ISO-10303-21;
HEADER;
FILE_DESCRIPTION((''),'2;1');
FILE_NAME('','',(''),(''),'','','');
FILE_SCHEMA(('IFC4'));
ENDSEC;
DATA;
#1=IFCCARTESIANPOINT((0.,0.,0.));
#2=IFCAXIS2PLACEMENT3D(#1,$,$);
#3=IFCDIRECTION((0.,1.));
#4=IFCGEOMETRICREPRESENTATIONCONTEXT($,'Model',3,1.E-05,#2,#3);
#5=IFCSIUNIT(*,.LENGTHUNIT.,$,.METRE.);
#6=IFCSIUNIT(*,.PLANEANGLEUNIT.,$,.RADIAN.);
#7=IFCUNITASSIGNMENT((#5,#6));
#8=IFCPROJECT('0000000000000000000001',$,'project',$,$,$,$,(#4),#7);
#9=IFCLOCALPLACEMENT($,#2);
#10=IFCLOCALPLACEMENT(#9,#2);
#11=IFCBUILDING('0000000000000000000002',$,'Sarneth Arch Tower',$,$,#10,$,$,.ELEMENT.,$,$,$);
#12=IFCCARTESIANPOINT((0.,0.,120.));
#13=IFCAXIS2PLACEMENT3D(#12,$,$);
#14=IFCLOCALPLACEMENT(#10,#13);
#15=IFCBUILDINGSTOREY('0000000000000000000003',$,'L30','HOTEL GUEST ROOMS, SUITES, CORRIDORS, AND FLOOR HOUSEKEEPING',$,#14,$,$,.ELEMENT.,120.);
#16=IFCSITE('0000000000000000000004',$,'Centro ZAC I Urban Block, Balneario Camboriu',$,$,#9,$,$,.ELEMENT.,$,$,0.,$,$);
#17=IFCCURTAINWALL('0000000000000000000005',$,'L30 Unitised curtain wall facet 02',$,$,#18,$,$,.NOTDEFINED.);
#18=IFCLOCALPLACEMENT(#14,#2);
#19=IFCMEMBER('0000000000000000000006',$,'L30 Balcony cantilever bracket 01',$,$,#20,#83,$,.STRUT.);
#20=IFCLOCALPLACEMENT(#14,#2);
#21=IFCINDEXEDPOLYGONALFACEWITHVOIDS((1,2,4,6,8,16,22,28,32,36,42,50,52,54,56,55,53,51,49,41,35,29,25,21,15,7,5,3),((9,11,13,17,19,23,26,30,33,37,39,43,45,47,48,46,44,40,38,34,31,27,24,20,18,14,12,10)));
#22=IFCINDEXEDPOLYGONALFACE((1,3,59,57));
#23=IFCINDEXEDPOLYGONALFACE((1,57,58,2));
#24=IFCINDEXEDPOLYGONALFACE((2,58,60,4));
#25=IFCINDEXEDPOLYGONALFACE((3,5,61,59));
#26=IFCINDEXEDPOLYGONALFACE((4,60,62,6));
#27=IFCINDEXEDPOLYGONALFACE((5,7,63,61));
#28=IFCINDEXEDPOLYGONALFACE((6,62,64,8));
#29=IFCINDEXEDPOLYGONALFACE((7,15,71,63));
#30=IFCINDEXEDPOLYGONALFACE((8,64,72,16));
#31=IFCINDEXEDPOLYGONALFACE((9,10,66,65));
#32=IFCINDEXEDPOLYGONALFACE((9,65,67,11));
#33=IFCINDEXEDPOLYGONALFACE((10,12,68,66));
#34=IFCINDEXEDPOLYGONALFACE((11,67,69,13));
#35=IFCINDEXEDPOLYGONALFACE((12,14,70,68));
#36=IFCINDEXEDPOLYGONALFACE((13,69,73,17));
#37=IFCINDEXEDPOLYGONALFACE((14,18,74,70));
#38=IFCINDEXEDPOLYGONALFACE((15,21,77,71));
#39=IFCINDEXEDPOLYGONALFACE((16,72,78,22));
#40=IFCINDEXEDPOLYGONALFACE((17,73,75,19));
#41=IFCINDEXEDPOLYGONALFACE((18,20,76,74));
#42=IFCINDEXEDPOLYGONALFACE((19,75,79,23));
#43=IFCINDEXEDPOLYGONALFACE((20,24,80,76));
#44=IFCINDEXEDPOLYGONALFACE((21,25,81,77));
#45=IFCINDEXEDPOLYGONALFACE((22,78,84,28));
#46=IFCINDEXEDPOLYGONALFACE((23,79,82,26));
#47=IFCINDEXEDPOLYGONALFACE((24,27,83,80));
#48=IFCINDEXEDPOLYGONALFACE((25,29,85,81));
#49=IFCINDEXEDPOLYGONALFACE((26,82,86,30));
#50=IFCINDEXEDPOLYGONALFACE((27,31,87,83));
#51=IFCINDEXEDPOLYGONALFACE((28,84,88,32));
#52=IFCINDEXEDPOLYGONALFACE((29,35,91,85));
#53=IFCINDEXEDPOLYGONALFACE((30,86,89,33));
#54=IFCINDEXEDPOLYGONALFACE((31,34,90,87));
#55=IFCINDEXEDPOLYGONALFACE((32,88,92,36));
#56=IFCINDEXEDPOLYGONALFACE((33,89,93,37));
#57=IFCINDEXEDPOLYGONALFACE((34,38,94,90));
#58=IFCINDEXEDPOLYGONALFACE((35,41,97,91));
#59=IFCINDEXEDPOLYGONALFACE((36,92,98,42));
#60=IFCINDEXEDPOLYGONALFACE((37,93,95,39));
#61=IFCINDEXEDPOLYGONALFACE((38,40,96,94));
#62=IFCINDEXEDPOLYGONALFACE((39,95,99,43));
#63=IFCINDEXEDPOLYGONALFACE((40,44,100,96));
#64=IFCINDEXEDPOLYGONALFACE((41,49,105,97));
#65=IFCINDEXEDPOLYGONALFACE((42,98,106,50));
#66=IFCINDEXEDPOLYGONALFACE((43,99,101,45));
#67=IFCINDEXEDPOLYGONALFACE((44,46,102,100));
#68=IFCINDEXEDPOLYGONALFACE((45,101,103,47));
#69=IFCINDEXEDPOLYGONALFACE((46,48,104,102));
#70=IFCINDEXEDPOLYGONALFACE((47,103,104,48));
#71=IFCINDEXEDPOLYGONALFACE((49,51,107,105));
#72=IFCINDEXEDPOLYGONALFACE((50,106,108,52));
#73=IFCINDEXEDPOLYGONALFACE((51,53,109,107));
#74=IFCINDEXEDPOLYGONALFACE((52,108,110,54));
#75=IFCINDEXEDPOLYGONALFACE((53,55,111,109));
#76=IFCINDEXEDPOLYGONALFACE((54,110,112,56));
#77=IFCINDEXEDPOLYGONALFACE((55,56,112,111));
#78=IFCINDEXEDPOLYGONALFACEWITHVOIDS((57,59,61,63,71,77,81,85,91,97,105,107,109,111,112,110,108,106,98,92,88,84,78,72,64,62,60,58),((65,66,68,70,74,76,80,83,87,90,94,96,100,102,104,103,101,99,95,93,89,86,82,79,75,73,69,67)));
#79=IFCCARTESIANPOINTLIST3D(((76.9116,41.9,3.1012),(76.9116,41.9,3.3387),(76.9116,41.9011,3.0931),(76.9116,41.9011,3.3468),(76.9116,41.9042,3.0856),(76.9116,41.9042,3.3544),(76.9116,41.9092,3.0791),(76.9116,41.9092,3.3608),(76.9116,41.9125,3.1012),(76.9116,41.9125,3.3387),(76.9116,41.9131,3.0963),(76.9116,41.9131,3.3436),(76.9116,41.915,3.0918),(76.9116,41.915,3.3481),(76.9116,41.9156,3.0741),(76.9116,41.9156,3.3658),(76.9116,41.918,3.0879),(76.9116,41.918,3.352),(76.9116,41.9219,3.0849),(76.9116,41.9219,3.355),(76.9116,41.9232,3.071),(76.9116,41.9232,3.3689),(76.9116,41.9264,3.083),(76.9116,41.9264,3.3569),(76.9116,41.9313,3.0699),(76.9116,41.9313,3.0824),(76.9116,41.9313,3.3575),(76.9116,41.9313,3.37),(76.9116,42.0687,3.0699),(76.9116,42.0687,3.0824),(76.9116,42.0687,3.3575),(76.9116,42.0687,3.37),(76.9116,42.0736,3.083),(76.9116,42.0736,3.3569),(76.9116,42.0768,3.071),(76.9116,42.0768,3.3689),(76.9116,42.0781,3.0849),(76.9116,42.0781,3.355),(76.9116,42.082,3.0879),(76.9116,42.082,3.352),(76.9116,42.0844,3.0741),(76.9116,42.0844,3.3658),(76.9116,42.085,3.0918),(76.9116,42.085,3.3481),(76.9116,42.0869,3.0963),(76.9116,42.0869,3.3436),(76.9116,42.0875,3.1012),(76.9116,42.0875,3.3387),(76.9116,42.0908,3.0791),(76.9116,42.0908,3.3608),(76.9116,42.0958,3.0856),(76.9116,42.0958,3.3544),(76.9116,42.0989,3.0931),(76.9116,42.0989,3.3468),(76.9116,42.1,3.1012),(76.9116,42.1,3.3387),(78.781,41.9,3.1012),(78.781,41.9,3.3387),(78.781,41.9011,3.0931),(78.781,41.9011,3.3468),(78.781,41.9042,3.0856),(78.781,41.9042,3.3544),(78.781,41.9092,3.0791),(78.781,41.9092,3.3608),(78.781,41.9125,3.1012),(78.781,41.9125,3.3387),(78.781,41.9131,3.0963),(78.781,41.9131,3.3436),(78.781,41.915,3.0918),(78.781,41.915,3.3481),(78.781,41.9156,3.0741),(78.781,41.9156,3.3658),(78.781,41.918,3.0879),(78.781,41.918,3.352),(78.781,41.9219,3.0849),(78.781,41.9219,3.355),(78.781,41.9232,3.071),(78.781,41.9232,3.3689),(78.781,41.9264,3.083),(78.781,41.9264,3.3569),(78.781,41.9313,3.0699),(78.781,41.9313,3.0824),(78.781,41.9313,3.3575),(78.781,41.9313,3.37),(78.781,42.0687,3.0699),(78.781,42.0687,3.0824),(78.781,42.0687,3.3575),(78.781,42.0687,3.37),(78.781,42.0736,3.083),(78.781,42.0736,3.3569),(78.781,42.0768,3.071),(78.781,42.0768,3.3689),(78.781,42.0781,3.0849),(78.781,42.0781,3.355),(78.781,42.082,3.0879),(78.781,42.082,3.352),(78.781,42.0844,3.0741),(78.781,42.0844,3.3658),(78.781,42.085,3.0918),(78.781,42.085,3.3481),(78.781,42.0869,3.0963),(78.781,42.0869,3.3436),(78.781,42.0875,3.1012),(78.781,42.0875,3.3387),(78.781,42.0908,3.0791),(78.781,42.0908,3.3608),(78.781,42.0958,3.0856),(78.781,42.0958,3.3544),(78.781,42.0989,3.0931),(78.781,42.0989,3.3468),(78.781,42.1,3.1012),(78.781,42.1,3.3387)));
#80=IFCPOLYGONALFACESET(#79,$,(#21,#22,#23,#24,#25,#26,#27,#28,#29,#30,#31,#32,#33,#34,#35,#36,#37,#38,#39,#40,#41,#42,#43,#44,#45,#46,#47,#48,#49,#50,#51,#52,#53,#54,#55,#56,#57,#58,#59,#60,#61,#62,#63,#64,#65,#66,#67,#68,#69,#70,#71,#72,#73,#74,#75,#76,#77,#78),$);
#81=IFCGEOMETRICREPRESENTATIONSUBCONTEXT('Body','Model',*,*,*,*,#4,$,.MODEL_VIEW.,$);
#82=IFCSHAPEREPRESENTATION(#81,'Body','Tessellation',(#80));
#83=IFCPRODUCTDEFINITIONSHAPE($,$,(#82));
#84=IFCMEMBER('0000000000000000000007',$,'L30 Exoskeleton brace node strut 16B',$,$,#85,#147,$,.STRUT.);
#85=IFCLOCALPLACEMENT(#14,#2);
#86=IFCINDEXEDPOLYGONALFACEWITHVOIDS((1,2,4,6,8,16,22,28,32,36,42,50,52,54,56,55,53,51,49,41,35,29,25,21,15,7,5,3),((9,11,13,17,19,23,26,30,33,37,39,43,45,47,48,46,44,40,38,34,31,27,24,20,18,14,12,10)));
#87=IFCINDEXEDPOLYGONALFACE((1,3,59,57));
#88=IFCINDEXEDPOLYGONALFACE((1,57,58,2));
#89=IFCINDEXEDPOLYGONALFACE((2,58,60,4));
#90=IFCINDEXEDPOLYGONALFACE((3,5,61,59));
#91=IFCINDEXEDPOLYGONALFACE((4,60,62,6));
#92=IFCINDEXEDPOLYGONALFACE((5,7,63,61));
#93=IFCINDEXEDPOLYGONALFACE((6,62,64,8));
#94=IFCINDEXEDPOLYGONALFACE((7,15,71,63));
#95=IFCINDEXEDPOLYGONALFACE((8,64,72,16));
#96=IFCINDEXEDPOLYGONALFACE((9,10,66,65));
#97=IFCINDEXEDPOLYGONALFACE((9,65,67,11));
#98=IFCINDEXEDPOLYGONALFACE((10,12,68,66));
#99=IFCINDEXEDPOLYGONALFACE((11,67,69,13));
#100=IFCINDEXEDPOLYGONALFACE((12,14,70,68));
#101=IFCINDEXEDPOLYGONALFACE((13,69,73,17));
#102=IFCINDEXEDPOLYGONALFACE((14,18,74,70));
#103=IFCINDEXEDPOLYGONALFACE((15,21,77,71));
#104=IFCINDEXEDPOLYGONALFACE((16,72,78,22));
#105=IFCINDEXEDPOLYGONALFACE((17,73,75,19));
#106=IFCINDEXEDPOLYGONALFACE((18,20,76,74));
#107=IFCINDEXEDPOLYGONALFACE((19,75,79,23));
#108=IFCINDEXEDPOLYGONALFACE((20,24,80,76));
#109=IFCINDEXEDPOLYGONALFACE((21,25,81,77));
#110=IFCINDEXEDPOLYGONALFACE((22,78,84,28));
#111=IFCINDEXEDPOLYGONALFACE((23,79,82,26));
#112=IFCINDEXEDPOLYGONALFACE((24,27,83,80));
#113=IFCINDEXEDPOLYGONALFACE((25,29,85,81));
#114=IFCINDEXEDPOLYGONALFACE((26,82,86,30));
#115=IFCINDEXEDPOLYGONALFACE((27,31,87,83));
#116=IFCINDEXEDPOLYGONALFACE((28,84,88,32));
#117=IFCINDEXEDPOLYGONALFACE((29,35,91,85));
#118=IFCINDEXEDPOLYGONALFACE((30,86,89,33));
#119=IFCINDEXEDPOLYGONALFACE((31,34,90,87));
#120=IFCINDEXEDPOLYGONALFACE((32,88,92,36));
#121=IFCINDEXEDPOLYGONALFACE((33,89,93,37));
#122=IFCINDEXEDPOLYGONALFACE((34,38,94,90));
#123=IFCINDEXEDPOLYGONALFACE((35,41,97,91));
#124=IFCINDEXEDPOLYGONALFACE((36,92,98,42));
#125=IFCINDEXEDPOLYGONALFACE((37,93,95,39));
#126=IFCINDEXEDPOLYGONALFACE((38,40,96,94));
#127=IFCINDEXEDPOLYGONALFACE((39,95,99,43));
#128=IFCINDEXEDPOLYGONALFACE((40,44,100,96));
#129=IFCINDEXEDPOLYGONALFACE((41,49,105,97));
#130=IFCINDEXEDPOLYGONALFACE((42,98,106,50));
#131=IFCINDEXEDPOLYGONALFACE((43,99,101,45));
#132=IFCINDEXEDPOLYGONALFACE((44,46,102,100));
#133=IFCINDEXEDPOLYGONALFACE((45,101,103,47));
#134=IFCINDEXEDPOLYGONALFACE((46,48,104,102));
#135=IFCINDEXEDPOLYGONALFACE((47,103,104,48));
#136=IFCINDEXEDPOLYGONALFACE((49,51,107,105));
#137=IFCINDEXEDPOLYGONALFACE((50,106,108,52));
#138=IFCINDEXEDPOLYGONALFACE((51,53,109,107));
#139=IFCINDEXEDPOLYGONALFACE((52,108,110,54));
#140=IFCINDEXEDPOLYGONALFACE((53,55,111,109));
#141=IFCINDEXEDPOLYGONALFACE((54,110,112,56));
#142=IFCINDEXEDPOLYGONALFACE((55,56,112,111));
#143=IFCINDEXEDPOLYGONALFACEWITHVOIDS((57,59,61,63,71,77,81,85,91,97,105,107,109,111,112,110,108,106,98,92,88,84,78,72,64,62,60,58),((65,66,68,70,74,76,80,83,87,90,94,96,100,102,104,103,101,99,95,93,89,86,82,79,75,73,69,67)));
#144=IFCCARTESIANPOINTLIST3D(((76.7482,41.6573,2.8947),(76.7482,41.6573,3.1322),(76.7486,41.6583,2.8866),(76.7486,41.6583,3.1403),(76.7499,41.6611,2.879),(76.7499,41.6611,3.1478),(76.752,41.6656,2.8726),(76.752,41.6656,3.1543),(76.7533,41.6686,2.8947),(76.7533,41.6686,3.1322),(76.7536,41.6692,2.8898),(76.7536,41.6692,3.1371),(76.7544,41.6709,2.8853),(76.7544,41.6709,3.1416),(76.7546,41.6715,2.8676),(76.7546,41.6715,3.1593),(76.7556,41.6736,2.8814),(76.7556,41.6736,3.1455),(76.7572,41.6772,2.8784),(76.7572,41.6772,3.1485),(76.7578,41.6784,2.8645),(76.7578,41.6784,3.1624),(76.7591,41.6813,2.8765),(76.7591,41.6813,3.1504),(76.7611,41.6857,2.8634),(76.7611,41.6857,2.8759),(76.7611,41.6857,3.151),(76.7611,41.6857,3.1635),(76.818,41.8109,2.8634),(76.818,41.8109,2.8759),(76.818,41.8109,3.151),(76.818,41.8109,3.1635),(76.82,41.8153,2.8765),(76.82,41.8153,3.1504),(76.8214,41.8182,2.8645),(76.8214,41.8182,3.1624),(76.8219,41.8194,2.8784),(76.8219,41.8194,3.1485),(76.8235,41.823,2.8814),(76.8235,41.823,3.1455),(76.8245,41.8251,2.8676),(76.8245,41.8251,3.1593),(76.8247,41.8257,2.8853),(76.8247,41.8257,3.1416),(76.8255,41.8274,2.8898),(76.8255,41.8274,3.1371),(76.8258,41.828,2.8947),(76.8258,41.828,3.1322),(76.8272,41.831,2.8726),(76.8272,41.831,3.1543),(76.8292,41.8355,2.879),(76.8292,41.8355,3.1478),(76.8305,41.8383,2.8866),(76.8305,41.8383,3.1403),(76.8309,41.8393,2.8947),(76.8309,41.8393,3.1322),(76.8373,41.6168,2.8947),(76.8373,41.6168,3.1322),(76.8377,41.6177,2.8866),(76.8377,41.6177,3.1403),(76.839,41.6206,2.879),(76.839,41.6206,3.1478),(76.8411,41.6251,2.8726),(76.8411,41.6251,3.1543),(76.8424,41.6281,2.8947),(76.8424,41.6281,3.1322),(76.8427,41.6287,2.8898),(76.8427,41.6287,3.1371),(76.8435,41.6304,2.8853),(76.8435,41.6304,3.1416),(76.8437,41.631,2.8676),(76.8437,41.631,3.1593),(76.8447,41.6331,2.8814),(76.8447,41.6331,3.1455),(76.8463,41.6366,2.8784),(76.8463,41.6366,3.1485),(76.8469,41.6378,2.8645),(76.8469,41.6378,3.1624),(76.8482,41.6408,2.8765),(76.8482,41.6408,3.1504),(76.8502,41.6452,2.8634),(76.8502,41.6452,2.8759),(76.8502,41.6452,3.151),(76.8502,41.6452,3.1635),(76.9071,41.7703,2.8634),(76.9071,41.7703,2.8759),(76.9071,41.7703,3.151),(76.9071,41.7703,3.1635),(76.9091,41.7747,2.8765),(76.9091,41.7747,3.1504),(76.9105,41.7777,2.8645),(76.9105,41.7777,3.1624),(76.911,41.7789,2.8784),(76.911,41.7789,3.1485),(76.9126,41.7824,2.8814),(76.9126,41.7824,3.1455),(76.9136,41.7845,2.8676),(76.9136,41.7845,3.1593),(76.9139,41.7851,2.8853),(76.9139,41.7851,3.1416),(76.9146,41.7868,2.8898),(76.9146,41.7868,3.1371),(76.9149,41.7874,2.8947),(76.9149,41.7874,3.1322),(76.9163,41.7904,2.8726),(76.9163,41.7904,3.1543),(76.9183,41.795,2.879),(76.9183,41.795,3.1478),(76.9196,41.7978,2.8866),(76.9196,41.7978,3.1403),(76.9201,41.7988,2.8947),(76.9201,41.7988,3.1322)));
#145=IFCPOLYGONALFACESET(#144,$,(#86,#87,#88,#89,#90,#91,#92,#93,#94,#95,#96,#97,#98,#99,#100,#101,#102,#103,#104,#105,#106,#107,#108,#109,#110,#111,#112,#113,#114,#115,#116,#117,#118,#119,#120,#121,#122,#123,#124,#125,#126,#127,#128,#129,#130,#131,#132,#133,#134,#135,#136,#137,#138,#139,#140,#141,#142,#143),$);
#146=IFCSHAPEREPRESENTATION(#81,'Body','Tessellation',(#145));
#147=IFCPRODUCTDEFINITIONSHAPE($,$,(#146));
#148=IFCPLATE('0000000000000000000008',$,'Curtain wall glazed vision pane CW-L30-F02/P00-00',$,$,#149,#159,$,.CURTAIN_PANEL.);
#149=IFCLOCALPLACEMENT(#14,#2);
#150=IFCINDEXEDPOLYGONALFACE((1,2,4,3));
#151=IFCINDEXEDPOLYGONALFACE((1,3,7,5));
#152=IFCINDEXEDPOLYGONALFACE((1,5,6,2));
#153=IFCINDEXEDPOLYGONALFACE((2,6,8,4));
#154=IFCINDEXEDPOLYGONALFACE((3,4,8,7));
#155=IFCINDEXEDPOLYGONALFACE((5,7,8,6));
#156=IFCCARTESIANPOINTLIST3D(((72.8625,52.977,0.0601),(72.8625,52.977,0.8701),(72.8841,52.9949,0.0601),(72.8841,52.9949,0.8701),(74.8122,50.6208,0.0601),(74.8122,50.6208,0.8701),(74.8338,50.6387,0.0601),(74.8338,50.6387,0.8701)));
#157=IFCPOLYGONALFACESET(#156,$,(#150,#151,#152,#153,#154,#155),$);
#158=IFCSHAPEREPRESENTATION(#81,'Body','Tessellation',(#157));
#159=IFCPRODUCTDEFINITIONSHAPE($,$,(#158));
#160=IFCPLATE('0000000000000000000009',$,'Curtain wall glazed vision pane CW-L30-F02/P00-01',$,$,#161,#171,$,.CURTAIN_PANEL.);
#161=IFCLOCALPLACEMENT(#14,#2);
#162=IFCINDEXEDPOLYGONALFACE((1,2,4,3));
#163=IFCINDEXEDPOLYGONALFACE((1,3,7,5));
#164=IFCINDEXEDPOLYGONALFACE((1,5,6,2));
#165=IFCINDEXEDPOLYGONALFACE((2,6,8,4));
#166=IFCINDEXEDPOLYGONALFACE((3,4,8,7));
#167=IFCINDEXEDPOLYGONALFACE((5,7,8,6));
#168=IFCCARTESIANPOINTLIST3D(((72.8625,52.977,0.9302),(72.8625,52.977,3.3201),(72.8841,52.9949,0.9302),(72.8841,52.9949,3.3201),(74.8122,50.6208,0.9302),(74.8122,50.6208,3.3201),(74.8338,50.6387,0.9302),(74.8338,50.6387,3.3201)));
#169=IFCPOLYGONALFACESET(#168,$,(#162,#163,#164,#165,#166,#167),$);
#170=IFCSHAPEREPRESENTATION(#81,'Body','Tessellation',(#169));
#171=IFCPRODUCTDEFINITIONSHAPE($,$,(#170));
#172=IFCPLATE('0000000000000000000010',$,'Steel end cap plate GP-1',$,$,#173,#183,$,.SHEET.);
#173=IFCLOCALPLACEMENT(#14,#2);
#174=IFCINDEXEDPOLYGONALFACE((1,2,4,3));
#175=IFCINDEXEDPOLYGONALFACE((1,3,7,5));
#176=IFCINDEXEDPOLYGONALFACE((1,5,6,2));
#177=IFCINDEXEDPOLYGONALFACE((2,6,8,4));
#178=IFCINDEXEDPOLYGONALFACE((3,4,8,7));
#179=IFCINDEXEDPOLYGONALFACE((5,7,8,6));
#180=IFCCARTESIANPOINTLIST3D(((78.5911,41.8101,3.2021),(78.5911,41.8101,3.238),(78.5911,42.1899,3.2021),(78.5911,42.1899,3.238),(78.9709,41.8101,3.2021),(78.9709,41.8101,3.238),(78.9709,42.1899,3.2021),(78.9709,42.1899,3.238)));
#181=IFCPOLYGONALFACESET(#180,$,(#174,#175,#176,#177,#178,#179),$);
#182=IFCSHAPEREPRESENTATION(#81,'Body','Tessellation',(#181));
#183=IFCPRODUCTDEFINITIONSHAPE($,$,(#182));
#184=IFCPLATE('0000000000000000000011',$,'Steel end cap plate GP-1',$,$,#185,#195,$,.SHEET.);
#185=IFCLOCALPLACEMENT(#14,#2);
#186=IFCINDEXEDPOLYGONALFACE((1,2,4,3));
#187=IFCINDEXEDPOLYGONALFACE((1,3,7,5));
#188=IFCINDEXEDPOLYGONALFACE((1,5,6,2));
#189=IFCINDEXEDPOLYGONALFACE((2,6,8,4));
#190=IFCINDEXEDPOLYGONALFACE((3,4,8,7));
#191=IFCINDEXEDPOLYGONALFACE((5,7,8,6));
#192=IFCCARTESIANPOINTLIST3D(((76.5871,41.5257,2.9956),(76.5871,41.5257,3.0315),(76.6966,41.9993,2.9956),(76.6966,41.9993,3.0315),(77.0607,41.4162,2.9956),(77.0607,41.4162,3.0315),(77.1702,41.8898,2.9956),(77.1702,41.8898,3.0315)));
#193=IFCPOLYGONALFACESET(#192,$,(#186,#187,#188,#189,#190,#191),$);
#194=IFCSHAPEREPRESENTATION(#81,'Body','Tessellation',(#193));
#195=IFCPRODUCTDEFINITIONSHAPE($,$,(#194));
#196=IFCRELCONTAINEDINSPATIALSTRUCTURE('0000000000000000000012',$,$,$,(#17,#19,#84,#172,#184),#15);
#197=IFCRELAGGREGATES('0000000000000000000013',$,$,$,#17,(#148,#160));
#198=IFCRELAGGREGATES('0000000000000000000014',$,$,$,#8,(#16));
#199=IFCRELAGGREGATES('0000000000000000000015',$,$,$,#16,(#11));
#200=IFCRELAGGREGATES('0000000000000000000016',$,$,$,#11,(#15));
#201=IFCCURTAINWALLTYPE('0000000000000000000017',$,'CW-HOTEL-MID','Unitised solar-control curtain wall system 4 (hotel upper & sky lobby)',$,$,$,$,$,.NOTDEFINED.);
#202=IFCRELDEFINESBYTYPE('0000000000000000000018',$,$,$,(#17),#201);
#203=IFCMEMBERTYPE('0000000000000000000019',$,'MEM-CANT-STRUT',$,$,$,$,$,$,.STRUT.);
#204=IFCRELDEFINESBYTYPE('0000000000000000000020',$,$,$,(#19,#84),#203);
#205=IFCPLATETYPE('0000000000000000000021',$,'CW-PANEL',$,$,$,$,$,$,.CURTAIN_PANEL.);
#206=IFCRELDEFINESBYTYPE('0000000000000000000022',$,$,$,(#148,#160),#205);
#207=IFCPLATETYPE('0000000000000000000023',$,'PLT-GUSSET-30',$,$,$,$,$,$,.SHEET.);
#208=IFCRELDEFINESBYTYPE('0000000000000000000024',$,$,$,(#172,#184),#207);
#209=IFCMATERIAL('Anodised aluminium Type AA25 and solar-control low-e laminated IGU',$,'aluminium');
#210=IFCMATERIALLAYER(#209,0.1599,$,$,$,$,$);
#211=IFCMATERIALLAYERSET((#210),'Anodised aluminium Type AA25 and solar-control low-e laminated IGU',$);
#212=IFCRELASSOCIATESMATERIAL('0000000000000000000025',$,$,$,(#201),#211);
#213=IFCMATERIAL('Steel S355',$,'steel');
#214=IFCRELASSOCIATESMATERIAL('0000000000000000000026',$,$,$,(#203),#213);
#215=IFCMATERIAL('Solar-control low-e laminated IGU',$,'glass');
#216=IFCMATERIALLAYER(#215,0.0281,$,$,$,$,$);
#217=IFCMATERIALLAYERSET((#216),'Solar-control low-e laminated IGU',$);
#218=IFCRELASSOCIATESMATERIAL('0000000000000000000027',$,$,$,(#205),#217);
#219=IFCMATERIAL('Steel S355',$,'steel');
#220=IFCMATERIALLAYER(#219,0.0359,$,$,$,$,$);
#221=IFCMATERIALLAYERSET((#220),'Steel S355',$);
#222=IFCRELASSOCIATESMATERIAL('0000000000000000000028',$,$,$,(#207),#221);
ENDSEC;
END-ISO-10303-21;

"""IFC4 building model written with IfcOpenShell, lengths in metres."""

from ifc_helpers import new_model, si_unit, direction, frame, origin, origin_2d, place, context, subcontext, project, spatial, rectangle, hollow_rectangle, extrude, material, layer, layer_set, material_profile, profile_set, type_object, element, aggregate, save


model = new_model("IFC4")

# Units and contexts
model_context = context("Model", 3, precision=1e-05, world=origin(), true_north=direction((0.0, 1.0)))
body_context = subcontext(model_context, "Body", "Model", "MODEL_VIEW")
ifc_project = project(units=[si_unit("LENGTHUNIT", "METRE"), si_unit("PLANEANGLEUNIT", "RADIAN")], contexts=[model_context])

# Site, building, storey
site_placement = place(None, origin())
site = spatial("IfcSite", under=ifc_project, at=site_placement, Name="Centro ZAC I Urban Block, Balneario Camboriu", CompositionType="ELEMENT", RefElevation=0.0)
building_placement = place(site_placement, origin())
building = spatial("IfcBuilding", under=site, at=building_placement, Name="Sarneth Arch Tower", CompositionType="ELEMENT")
storey_placement = place(building_placement, frame((0.0, 0.0, 120.0)))
storey = spatial("IfcBuildingStorey", under=building, at=storey_placement, Name="L30", Description="HOTEL GUEST ROOMS, SUITES, CORRIDORS, AND FLOOR HOUSEKEEPING", CompositionType="ELEMENT", Elevation=120.0)

# Curtain wall
ifc_material_1 = material(Name="Anodised aluminium Type AA25 and solar-control low-e laminated IGU", Category="aluminium")
ifc_layer_1 = layer(ifc_material_1, 0.1599)
ifc_layer_set_1 = layer_set([ifc_layer_1], Name="Anodised aluminium Type AA25 and solar-control low-e laminated IGU")
curtain_wall_type = type_object("IfcCurtainWallType", Name="CW-HOTEL-MID", Description="Unitised solar-control curtain wall system 4 (hotel upper & sky lobby)", PredefinedType="NOTDEFINED", material=ifc_layer_set_1)
curtain_wall_placement = place(storey_placement, origin())
curtain_wall = element("IfcCurtainWall", 1, at=curtain_wall_placement, inside=storey, type_object=curtain_wall_type, Name="L30 Unitised curtain wall facet 02", PredefinedType="NOTDEFINED")

# Members
ifc_material_2 = material(Name="Steel S355", Category="steel")
ifc_material_profile_1 = material_profile(ifc_material_2, hollow_rectangle(XDim=0.2, YDim=0.3, WallThickness=0.0125, InnerFilletRadius=0.0188, OuterFilletRadius=0.0312, at=origin_2d()), Name="RHS300x200x12.5")
ifc_profile_set_1 = profile_set([ifc_material_profile_1], Name="Steel S355")
member_type_1 = type_object("IfcMemberType", Name="MEM-CANT-STRUT", PredefinedType="STRUT", material=ifc_profile_set_1)
member_1_placement = place(storey_placement, frame((76.9116, 42.0, 3.22), z_axis=(1.0, 0.0, 0.0), x_axis=(0.0, 1.0, 0.0)))
element("IfcMember", 2, at=member_1_placement, inside=storey, type_object=member_type_1, Name="L30 Balcony cantilever bracket 01", PredefinedType="STRUT", context=body_context, shape_type="SweptSolid", body=[
    extrude(hollow_rectangle(XDim=0.2, YDim=0.3, WallThickness=0.0125, InnerFilletRadius=0.0188, OuterFilletRadius=0.0312, at=origin_2d()), origin(), (0.0, 0.0, 1.0), 1.8694),
])
member_2_placement = place(storey_placement, frame((76.7896, 41.7483, 3.0134), z_axis=(0.910281, -0.413991, 0.0), x_axis=(0.413991, 0.910281, 0.0)))
element("IfcMember", 3, at=member_2_placement, inside=storey, type_object=member_type_1, Name="L30 Exoskeleton brace node strut 16B", PredefinedType="STRUT", context=body_context, shape_type="SweptSolid", body=[
    extrude(hollow_rectangle(XDim=0.2, YDim=0.3, WallThickness=0.0125, InnerFilletRadius=0.0188, OuterFilletRadius=0.0312, at=origin_2d()), origin(), (0.0, 0.0, 1.0), 0.0979),
])

# Plates
ifc_material_3 = material(Name="Solar-control low-e laminated IGU", Category="glass")
ifc_layer_2 = layer(ifc_material_3, 0.0281)
ifc_layer_set_2 = layer_set([ifc_layer_2], Name="Solar-control low-e laminated IGU")
plate_type_1 = type_object("IfcPlateType", Name="CW-PANEL", PredefinedType="CURTAIN_PANEL", material=ifc_layer_set_2)
plate_1_placement = place(storey_placement, frame((73.8481, 51.8079, 0.0601), z_axis=(0.0, 0.0, 1.0), x_axis=(-0.637515, 0.770438, 0.0)))
plate_1 = element("IfcPlate", 4, at=plate_1_placement, type_object=plate_type_1, Name="Curtain wall glazed vision pane CW-L30-F02/P00-00", PredefinedType="CURTAIN_PANEL", context=body_context, shape_type="SweptSolid", body=[
    extrude(rectangle(XDim=3.0583, YDim=0.0281, at=origin_2d()), origin(), (0.0, 0.0, 1.0), 0.8101),
])
plate_2_placement = place(storey_placement, frame((73.8481, 51.8079, 0.9302), z_axis=(0.0, 0.0, 1.0), x_axis=(-0.637515, 0.770438, 0.0)))
plate_2 = element("IfcPlate", 5, at=plate_2_placement, type_object=plate_type_1, Name="Curtain wall glazed vision pane CW-L30-F02/P00-01", PredefinedType="CURTAIN_PANEL", context=body_context, shape_type="SweptSolid", body=[
    extrude(rectangle(XDim=3.0583, YDim=0.0281, at=origin_2d()), origin(), (0.0, 0.0, 1.0), 2.3899),
])
aggregate(curtain_wall, [plate_1, plate_2])

# Plates
ifc_material_4 = material(Name="Steel S355", Category="steel")
ifc_layer_3 = layer(ifc_material_4, 0.0359)
ifc_layer_set_3 = layer_set([ifc_layer_3], Name="Steel S355")
plate_type_2 = type_object("IfcPlateType", Name="PLT-GUSSET-30", PredefinedType="SHEET", material=ifc_layer_set_3)
plate_3_placement = place(storey_placement, frame((78.781, 42.0, 3.2021), z_axis=(0.0, 0.0, 1.0), x_axis=(1.0, 0.0, 0.0)))
element("IfcPlate", 6, at=plate_3_placement, inside=storey, type_object=plate_type_2, Name="Steel end cap plate GP-1", PredefinedType="SHEET", context=body_context, shape_type="SweptSolid", body=[
    extrude(rectangle(XDim=0.3799, YDim=0.3799, at=origin_2d()), origin(), (0.0, 0.0, 1.0), 0.0359),
])
plate_4_placement = place(storey_placement, frame((76.8787, 41.7078, 2.9956), z_axis=(0.0, 0.0, 1.0), x_axis=(0.225291, 0.974291, 0.0)))
element("IfcPlate", 7, at=plate_4_placement, inside=storey, type_object=plate_type_2, Name="Steel end cap plate GP-1", PredefinedType="SHEET", context=body_context, shape_type="SweptSolid", body=[
    extrude(rectangle(XDim=0.4861, YDim=0.4861, at=origin_2d()), origin(), (0.0, 0.0, 1.0), 0.0359),
])

save(model, "model.ifc")
